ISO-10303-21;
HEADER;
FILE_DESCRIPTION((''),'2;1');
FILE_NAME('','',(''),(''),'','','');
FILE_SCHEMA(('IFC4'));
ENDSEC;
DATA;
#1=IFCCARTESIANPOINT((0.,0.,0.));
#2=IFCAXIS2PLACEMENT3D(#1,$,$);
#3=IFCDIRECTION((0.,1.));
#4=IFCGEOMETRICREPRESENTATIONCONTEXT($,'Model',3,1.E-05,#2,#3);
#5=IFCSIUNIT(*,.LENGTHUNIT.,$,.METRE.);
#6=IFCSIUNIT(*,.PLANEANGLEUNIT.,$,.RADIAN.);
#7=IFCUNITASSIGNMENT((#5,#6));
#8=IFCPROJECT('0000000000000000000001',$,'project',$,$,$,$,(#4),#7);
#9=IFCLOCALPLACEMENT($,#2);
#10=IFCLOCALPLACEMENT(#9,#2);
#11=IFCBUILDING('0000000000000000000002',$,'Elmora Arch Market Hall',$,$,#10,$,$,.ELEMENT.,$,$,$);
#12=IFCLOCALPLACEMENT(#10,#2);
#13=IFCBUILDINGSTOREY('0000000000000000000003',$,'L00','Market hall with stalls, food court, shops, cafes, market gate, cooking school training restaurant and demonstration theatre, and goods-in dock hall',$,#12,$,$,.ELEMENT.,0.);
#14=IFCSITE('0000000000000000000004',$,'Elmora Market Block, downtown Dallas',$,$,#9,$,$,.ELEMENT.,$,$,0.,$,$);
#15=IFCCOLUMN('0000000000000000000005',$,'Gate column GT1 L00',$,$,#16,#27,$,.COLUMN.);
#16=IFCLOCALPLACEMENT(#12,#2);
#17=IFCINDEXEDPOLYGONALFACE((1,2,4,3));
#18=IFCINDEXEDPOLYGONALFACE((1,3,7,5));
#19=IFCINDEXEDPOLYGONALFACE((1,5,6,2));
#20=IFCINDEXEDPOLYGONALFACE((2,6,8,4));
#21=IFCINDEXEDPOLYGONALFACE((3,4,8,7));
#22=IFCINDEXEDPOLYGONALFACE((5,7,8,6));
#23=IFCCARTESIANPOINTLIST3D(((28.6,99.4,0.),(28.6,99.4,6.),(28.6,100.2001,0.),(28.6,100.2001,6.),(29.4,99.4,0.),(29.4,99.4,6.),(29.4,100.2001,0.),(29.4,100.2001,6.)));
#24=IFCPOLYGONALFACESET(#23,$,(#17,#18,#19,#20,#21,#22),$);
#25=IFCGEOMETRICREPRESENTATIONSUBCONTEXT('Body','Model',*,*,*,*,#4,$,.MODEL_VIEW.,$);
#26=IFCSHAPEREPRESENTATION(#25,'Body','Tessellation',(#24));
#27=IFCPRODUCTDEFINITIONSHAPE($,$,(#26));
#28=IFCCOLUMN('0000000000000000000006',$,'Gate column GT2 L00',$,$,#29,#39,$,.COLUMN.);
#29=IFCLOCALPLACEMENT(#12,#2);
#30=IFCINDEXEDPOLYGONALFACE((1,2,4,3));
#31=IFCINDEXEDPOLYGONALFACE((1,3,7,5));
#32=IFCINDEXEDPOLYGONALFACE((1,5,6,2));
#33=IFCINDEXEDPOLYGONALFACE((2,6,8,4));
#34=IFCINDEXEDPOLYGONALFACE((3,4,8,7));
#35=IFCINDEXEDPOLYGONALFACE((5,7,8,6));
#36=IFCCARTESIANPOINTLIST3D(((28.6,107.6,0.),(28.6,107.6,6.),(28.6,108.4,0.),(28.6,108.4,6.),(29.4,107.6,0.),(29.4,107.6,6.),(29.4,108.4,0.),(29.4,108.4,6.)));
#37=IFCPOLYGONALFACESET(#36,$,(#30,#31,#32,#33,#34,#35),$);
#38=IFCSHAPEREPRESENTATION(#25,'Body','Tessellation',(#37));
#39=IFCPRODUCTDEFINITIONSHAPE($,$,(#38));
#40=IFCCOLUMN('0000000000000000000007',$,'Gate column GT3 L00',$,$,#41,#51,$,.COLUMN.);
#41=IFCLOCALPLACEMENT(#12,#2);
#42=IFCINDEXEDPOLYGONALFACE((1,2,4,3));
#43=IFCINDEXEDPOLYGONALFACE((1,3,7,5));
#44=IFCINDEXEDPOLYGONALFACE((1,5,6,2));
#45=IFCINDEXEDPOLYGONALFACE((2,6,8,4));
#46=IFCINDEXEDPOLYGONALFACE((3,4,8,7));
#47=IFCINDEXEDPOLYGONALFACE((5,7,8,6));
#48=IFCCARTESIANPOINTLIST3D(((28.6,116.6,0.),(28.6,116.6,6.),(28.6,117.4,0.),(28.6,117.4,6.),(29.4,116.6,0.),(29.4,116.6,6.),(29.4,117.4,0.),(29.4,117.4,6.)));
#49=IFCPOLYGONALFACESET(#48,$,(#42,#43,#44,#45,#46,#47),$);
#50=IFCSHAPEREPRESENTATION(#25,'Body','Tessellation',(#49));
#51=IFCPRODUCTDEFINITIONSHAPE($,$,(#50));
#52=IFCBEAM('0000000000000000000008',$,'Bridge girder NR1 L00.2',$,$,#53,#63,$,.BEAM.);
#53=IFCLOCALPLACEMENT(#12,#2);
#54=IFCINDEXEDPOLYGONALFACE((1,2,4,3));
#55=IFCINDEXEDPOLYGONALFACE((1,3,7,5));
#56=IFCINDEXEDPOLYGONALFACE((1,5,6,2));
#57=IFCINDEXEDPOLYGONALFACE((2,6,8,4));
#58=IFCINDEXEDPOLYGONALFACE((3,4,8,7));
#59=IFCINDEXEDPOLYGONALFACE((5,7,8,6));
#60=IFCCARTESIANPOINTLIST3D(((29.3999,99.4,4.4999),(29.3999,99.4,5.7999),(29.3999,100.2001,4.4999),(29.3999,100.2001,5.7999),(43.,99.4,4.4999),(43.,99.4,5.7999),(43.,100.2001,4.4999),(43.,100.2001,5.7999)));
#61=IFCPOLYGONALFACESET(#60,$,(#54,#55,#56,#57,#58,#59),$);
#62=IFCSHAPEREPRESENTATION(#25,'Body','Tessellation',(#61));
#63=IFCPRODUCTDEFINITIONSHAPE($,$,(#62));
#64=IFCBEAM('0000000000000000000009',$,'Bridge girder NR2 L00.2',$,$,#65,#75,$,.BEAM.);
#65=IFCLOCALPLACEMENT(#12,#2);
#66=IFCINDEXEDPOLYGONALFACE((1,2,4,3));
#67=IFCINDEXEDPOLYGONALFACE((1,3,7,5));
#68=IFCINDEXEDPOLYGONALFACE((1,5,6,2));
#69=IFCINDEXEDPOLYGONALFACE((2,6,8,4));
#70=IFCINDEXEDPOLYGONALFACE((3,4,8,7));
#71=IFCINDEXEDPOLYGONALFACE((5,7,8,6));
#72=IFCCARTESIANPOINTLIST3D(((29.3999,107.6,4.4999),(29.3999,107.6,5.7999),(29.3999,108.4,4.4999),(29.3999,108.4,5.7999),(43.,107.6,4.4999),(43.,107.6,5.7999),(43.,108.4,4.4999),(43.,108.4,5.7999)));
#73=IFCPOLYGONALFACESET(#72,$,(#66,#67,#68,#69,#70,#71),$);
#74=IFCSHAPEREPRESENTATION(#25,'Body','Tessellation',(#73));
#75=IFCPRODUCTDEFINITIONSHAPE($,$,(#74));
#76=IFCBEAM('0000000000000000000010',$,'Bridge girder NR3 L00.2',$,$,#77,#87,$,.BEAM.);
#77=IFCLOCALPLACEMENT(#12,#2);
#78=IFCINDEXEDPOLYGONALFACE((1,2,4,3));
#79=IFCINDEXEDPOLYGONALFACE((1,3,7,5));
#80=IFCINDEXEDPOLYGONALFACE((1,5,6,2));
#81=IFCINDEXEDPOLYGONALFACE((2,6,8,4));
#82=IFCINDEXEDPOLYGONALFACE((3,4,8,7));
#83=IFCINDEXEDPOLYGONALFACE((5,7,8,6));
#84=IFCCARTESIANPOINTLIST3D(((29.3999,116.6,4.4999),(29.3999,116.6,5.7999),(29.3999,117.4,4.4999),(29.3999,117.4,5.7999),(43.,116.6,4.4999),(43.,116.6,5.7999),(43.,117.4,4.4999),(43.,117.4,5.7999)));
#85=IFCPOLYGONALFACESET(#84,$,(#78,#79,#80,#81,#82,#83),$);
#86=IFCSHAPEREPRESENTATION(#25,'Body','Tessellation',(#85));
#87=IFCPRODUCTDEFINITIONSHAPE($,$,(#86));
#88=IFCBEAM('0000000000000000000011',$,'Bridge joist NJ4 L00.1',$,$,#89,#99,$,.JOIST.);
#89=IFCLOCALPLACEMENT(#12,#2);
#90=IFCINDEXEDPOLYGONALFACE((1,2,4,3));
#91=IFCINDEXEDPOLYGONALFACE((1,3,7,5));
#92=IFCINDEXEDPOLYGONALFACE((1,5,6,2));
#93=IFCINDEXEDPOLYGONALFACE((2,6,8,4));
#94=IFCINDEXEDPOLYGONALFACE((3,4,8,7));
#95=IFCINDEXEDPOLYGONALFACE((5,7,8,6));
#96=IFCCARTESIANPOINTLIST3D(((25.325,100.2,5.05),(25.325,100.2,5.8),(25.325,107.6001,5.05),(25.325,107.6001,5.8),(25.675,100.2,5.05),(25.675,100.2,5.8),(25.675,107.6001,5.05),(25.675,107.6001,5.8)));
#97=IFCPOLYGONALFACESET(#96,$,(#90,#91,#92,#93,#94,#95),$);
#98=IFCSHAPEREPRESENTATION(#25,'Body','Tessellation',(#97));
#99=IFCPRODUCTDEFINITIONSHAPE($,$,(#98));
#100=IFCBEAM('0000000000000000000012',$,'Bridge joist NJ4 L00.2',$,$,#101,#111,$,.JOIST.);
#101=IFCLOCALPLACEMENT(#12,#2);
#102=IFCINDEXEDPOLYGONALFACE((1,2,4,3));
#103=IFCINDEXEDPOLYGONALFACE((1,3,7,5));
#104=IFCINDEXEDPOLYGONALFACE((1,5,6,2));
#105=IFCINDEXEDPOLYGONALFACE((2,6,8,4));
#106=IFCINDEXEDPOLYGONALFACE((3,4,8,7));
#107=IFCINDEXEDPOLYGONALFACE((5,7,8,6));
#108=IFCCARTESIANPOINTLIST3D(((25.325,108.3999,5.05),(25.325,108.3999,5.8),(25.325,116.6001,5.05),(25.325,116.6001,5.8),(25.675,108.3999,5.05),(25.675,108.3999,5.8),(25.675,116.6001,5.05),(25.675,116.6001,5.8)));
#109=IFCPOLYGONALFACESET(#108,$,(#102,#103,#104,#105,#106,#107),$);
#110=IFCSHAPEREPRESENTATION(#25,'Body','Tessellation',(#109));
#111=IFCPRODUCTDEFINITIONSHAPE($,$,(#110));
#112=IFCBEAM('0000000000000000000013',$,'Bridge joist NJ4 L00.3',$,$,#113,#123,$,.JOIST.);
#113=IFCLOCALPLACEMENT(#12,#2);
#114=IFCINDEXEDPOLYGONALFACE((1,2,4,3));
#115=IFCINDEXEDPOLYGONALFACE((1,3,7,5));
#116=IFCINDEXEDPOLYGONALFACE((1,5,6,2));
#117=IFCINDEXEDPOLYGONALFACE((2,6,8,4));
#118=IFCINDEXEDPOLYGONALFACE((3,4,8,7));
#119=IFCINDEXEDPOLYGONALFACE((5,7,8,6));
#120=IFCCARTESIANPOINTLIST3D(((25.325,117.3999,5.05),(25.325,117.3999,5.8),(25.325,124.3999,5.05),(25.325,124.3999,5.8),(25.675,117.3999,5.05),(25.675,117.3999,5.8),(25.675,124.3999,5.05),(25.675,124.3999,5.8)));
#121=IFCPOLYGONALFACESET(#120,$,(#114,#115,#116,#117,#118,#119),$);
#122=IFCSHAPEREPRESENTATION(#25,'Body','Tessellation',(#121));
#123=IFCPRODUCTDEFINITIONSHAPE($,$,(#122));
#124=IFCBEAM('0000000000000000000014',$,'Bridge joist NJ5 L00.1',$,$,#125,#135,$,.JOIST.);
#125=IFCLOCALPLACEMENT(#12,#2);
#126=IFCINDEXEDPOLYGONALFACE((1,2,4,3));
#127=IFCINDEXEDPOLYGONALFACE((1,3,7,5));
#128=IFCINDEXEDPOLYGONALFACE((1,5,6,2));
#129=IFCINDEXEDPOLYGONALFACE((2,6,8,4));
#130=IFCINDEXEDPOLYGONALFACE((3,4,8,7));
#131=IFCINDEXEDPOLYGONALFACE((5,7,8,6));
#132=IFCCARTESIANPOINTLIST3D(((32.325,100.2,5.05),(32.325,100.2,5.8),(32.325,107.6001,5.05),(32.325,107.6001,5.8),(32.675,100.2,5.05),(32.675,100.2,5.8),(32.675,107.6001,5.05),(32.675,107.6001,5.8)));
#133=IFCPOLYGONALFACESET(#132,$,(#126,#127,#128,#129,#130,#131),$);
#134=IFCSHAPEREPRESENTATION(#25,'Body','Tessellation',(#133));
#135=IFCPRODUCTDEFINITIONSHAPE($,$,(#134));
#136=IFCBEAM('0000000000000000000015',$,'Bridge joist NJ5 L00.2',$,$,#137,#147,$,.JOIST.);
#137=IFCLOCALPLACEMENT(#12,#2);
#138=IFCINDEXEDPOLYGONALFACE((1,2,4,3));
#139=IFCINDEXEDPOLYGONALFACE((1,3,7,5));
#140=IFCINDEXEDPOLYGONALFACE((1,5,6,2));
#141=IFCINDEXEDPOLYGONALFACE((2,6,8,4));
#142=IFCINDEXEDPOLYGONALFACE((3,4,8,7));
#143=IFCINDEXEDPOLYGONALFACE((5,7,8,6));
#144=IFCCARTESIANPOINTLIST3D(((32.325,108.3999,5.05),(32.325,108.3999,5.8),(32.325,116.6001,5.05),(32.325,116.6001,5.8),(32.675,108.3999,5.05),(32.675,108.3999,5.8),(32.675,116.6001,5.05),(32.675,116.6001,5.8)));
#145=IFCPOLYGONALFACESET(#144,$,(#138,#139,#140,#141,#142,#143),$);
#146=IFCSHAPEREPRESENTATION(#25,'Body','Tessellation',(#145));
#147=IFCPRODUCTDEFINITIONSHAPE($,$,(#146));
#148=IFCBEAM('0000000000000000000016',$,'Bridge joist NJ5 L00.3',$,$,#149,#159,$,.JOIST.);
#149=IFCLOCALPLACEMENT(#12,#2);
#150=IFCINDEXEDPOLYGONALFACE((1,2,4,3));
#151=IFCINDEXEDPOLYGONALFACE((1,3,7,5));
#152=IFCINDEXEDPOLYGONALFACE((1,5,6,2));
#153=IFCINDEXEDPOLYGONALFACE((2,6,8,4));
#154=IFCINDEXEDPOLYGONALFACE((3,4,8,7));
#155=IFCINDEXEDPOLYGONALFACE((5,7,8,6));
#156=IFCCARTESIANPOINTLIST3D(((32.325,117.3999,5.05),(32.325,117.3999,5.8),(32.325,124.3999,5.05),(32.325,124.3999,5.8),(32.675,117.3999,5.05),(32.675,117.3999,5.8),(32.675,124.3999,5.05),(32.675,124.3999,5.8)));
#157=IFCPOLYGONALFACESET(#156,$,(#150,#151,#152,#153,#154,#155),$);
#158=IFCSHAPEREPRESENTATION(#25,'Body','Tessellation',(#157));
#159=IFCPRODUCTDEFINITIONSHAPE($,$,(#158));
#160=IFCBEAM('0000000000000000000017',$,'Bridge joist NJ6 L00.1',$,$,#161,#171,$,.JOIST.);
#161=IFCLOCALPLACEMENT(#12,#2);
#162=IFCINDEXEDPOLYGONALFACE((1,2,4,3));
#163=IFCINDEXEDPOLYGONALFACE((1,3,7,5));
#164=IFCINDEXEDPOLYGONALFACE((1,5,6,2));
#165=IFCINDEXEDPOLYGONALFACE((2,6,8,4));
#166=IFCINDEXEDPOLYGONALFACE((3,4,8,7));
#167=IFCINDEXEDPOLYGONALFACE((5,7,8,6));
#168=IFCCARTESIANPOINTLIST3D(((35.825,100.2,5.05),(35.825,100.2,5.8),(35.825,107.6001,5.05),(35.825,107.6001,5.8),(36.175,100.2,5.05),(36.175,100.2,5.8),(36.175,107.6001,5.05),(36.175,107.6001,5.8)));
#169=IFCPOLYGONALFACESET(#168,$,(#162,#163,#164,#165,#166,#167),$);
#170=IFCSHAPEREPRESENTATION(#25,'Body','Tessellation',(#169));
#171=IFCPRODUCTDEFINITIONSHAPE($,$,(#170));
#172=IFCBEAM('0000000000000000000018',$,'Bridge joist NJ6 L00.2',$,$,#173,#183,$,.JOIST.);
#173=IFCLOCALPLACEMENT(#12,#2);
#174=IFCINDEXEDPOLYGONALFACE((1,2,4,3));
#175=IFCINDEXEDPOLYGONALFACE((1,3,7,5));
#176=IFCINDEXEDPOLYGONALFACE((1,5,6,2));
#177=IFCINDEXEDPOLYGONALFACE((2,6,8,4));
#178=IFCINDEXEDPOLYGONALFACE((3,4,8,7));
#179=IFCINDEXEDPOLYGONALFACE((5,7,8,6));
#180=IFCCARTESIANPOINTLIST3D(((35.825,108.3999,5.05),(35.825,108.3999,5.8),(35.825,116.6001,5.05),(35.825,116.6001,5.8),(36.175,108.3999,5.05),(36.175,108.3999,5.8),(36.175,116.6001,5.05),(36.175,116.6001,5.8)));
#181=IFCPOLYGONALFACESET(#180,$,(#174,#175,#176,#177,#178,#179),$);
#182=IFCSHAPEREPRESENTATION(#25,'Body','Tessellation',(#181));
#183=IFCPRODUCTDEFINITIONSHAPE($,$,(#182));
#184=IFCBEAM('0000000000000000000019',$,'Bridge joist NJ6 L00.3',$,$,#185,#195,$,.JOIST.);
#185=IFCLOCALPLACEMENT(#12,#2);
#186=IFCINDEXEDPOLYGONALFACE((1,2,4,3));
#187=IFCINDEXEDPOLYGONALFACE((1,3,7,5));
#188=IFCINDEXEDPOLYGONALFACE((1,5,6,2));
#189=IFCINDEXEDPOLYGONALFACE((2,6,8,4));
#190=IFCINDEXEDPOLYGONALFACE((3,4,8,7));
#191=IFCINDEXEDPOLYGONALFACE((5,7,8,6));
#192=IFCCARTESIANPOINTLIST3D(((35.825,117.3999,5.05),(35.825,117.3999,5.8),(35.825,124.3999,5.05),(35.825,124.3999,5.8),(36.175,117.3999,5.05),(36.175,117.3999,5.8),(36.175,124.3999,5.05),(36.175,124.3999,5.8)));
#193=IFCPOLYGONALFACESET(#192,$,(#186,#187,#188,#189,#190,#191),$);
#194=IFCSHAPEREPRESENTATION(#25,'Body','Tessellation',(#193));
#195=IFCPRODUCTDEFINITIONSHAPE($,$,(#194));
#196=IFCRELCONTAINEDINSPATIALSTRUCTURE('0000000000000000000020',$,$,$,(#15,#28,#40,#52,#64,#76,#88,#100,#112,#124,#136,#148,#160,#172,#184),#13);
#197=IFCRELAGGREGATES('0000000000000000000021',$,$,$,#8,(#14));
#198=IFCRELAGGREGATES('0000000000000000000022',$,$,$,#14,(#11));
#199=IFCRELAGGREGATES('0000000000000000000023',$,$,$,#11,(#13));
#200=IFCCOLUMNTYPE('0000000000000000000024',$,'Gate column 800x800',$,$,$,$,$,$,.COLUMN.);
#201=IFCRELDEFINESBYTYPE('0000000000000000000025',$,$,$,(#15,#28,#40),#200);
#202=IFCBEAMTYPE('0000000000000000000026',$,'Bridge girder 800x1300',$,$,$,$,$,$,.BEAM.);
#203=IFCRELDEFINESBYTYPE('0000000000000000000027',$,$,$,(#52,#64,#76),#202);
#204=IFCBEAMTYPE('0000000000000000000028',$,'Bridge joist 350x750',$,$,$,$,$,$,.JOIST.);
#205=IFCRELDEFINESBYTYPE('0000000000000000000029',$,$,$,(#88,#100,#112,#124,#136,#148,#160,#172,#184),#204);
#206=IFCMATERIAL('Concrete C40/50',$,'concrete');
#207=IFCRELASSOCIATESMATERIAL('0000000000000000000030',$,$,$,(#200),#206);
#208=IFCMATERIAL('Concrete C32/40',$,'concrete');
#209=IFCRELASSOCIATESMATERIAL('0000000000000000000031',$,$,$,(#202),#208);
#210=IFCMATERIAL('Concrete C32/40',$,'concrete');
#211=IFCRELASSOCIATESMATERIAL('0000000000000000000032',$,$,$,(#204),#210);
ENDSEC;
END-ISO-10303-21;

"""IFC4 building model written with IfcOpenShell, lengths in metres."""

from ifc_helpers import new_model, si_unit, direction, frame, origin, origin_2d, place, context, subcontext, project, spatial, rectangle, extrude, material, material_profile, profile_set, type_object, element, save


model = new_model("IFC4")

# Units and contexts
model_context = context("Model", 3, precision=1e-05, world=origin(), true_north=direction((0.0, 1.0)))
body_context = subcontext(model_context, "Body", "Model", "MODEL_VIEW")
ifc_project = project(units=[si_unit("LENGTHUNIT", "METRE"), si_unit("PLANEANGLEUNIT", "RADIAN")], contexts=[model_context])

# Site, building, storey
site_placement = place(None, origin())
site = spatial("IfcSite", under=ifc_project, at=site_placement, Name="Elmora Market Block, downtown Dallas", CompositionType="ELEMENT", RefElevation=0.0)
building_placement = place(site_placement, origin())
building = spatial("IfcBuilding", under=site, at=building_placement, Name="Elmora Arch Market Hall", CompositionType="ELEMENT")
storey_placement = place(building_placement, origin())
storey = spatial("IfcBuildingStorey", under=building, at=storey_placement, Name="L00", Description="Market hall with stalls, food court, shops, cafes, market gate, cooking school training restaurant and demonstration theatre, and goods-in dock hall", CompositionType="ELEMENT", Elevation=0.0)

# Columns
ifc_material_1 = material(Name="Concrete C40/50", Category="concrete")
ifc_material_profile_1 = material_profile(ifc_material_1, rectangle(XDim=0.8, YDim=0.8, at=origin_2d()), Name="Gate column 800x800")
ifc_profile_set_1 = profile_set([ifc_material_profile_1], Name="Concrete C40/50")
column_type = type_object("IfcColumnType", Name="Gate column 800x800", PredefinedType="COLUMN", material=ifc_profile_set_1)
for number, where, z_axis, x_axis, name in (
    (1, (29.0, 99.8, 0.0), (0.0, 0.0, 1.0), (1.0, 0.0, 0.0), "Gate column GT1 L00"),
    (2, (29.0, 108.0, 0.0), (0.0, 0.0, 1.0), (1.0, 0.0, 0.0), "Gate column GT2 L00"),
    (3, (29.0, 117.0, 0.0), (0.0, 0.0, 1.0), (1.0, 0.0, 0.0), "Gate column GT3 L00"),
):
    element("IfcColumn", number, at=place(storey_placement, frame(where, z_axis=z_axis, x_axis=x_axis)), inside=storey, type_object=column_type, Name=name, PredefinedType="COLUMN", context=body_context, shape_type="SweptSolid", body=[
        extrude(rectangle(XDim=0.8, YDim=0.8, at=origin_2d()), origin(), (0.0, 0.0, 1.0), 6.0),
    ])

# Beams
ifc_material_2 = material(Name="Concrete C32/40", Category="concrete")
ifc_material_profile_2 = material_profile(ifc_material_2, rectangle(XDim=0.8, YDim=1.3, at=origin_2d()), Name="Bridge girder 800x1300")
ifc_profile_set_2 = profile_set([ifc_material_profile_2], Name="Concrete C32/40")
beam_type_1 = type_object("IfcBeamType", Name="Bridge girder 800x1300", PredefinedType="BEAM", material=ifc_profile_set_2)
for number, where, z_axis, x_axis, name in (
    (4, (29.3999, 99.8, 5.1499), (1.0, 0.0, 0.0), (0.0, 1.0, 0.0), "Bridge girder NR1 L00.2"),
    (5, (29.3999, 108.0, 5.1499), (1.0, 0.0, 0.0), (0.0, 1.0, 0.0), "Bridge girder NR2 L00.2"),
    (6, (29.3999, 117.0, 5.1499), (1.0, 0.0, 0.0), (0.0, 1.0, 0.0), "Bridge girder NR3 L00.2"),
):
    element("IfcBeam", number, at=place(storey_placement, frame(where, z_axis=z_axis, x_axis=x_axis)), inside=storey, type_object=beam_type_1, Name=name, PredefinedType="BEAM", context=body_context, shape_type="SweptSolid", body=[
        extrude(rectangle(XDim=0.8, YDim=1.3, at=origin_2d()), origin(), (0.0, 0.0, 1.0), 13.6001),
    ])
ifc_material_3 = material(Name="Concrete C32/40", Category="concrete")
ifc_material_profile_3 = material_profile(ifc_material_3, rectangle(XDim=0.3501, YDim=0.75, at=origin_2d()), Name="Bridge joist 350x750")
ifc_profile_set_3 = profile_set([ifc_material_profile_3], Name="Concrete C32/40")
beam_type_2 = type_object("IfcBeamType", Name="Bridge joist 350x750", PredefinedType="JOIST", material=ifc_profile_set_3)
beam_1_placement = place(storey_placement, frame((25.5, 100.2, 5.425), z_axis=(0.0, 1.0, 0.0), x_axis=(-1.0, 0.0, 0.0)))
element("IfcBeam", 7, at=beam_1_placement, inside=storey, type_object=beam_type_2, Name="Bridge joist NJ4 L00.1", PredefinedType="JOIST", context=body_context, shape_type="SweptSolid", body=[
    extrude(rectangle(XDim=0.3501, YDim=0.75, at=origin_2d()), origin(), (0.0, 0.0, 1.0), 7.4001),
])
beam_2_placement = place(storey_placement, frame((25.5, 108.3999, 5.425), z_axis=(0.0, 1.0, 0.0), x_axis=(-1.0, 0.0, 0.0)))
element("IfcBeam", 8, at=beam_2_placement, inside=storey, type_object=beam_type_2, Name="Bridge joist NJ4 L00.2", PredefinedType="JOIST", context=body_context, shape_type="SweptSolid", body=[
    extrude(rectangle(XDim=0.3501, YDim=0.75, at=origin_2d()), origin(), (0.0, 0.0, 1.0), 8.2002),
])
beam_3_placement = place(storey_placement, frame((25.5, 117.3999, 5.425), z_axis=(0.0, 1.0, 0.0), x_axis=(-1.0, 0.0, 0.0)))
element("IfcBeam", 9, at=beam_3_placement, inside=storey, type_object=beam_type_2, Name="Bridge joist NJ4 L00.3", PredefinedType="JOIST", context=body_context, shape_type="SweptSolid", body=[
    extrude(rectangle(XDim=0.3501, YDim=0.75, at=origin_2d()), origin(), (0.0, 0.0, 1.0), 7.0),
])
beam_4_placement = place(storey_placement, frame((32.5, 100.2, 5.425), z_axis=(0.0, 1.0, 0.0), x_axis=(-1.0, 0.0, 0.0)))
element("IfcBeam", 10, at=beam_4_placement, inside=storey, type_object=beam_type_2, Name="Bridge joist NJ5 L00.1", PredefinedType="JOIST", context=body_context, shape_type="SweptSolid", body=[
    extrude(rectangle(XDim=0.3501, YDim=0.75, at=origin_2d()), origin(), (0.0, 0.0, 1.0), 7.4001),
])
beam_5_placement = place(storey_placement, frame((32.5, 108.3999, 5.425), z_axis=(0.0, 1.0, 0.0), x_axis=(-1.0, 0.0, 0.0)))
element("IfcBeam", 11, at=beam_5_placement, inside=storey, type_object=beam_type_2, Name="Bridge joist NJ5 L00.2", PredefinedType="JOIST", context=body_context, shape_type="SweptSolid", body=[
    extrude(rectangle(XDim=0.3501, YDim=0.75, at=origin_2d()), origin(), (0.0, 0.0, 1.0), 8.2002),
])
beam_6_placement = place(storey_placement, frame((32.5, 117.3999, 5.425), z_axis=(0.0, 1.0, 0.0), x_axis=(-1.0, 0.0, 0.0)))
element("IfcBeam", 12, at=beam_6_placement, inside=storey, type_object=beam_type_2, Name="Bridge joist NJ5 L00.3", PredefinedType="JOIST", context=body_context, shape_type="SweptSolid", body=[
    extrude(rectangle(XDim=0.3501, YDim=0.75, at=origin_2d()), origin(), (0.0, 0.0, 1.0), 7.0),
])
beam_7_placement = place(storey_placement, frame((36.0, 100.2, 5.425), z_axis=(0.0, 1.0, 0.0), x_axis=(-1.0, 0.0, 0.0)))
element("IfcBeam", 13, at=beam_7_placement, inside=storey, type_object=beam_type_2, Name="Bridge joist NJ6 L00.1", PredefinedType="JOIST", context=body_context, shape_type="SweptSolid", body=[
    extrude(rectangle(XDim=0.3501, YDim=0.75, at=origin_2d()), origin(), (0.0, 0.0, 1.0), 7.4001),
])
beam_8_placement = place(storey_placement, frame((36.0, 108.3999, 5.425), z_axis=(0.0, 1.0, 0.0), x_axis=(-1.0, 0.0, 0.0)))
element("IfcBeam", 14, at=beam_8_placement, inside=storey, type_object=beam_type_2, Name="Bridge joist NJ6 L00.2", PredefinedType="JOIST", context=body_context, shape_type="SweptSolid", body=[
    extrude(rectangle(XDim=0.3501, YDim=0.75, at=origin_2d()), origin(), (0.0, 0.0, 1.0), 8.2002),
])
beam_9_placement = place(storey_placement, frame((36.0, 117.3999, 5.425), z_axis=(0.0, 1.0, 0.0), x_axis=(-1.0, 0.0, 0.0)))
element("IfcBeam", 15, at=beam_9_placement, inside=storey, type_object=beam_type_2, Name="Bridge joist NJ6 L00.3", PredefinedType="JOIST", context=body_context, shape_type="SweptSolid", body=[
    extrude(rectangle(XDim=0.3501, YDim=0.75, at=origin_2d()), origin(), (0.0, 0.0, 1.0), 7.0),
])

save(model, "model.ifc")
